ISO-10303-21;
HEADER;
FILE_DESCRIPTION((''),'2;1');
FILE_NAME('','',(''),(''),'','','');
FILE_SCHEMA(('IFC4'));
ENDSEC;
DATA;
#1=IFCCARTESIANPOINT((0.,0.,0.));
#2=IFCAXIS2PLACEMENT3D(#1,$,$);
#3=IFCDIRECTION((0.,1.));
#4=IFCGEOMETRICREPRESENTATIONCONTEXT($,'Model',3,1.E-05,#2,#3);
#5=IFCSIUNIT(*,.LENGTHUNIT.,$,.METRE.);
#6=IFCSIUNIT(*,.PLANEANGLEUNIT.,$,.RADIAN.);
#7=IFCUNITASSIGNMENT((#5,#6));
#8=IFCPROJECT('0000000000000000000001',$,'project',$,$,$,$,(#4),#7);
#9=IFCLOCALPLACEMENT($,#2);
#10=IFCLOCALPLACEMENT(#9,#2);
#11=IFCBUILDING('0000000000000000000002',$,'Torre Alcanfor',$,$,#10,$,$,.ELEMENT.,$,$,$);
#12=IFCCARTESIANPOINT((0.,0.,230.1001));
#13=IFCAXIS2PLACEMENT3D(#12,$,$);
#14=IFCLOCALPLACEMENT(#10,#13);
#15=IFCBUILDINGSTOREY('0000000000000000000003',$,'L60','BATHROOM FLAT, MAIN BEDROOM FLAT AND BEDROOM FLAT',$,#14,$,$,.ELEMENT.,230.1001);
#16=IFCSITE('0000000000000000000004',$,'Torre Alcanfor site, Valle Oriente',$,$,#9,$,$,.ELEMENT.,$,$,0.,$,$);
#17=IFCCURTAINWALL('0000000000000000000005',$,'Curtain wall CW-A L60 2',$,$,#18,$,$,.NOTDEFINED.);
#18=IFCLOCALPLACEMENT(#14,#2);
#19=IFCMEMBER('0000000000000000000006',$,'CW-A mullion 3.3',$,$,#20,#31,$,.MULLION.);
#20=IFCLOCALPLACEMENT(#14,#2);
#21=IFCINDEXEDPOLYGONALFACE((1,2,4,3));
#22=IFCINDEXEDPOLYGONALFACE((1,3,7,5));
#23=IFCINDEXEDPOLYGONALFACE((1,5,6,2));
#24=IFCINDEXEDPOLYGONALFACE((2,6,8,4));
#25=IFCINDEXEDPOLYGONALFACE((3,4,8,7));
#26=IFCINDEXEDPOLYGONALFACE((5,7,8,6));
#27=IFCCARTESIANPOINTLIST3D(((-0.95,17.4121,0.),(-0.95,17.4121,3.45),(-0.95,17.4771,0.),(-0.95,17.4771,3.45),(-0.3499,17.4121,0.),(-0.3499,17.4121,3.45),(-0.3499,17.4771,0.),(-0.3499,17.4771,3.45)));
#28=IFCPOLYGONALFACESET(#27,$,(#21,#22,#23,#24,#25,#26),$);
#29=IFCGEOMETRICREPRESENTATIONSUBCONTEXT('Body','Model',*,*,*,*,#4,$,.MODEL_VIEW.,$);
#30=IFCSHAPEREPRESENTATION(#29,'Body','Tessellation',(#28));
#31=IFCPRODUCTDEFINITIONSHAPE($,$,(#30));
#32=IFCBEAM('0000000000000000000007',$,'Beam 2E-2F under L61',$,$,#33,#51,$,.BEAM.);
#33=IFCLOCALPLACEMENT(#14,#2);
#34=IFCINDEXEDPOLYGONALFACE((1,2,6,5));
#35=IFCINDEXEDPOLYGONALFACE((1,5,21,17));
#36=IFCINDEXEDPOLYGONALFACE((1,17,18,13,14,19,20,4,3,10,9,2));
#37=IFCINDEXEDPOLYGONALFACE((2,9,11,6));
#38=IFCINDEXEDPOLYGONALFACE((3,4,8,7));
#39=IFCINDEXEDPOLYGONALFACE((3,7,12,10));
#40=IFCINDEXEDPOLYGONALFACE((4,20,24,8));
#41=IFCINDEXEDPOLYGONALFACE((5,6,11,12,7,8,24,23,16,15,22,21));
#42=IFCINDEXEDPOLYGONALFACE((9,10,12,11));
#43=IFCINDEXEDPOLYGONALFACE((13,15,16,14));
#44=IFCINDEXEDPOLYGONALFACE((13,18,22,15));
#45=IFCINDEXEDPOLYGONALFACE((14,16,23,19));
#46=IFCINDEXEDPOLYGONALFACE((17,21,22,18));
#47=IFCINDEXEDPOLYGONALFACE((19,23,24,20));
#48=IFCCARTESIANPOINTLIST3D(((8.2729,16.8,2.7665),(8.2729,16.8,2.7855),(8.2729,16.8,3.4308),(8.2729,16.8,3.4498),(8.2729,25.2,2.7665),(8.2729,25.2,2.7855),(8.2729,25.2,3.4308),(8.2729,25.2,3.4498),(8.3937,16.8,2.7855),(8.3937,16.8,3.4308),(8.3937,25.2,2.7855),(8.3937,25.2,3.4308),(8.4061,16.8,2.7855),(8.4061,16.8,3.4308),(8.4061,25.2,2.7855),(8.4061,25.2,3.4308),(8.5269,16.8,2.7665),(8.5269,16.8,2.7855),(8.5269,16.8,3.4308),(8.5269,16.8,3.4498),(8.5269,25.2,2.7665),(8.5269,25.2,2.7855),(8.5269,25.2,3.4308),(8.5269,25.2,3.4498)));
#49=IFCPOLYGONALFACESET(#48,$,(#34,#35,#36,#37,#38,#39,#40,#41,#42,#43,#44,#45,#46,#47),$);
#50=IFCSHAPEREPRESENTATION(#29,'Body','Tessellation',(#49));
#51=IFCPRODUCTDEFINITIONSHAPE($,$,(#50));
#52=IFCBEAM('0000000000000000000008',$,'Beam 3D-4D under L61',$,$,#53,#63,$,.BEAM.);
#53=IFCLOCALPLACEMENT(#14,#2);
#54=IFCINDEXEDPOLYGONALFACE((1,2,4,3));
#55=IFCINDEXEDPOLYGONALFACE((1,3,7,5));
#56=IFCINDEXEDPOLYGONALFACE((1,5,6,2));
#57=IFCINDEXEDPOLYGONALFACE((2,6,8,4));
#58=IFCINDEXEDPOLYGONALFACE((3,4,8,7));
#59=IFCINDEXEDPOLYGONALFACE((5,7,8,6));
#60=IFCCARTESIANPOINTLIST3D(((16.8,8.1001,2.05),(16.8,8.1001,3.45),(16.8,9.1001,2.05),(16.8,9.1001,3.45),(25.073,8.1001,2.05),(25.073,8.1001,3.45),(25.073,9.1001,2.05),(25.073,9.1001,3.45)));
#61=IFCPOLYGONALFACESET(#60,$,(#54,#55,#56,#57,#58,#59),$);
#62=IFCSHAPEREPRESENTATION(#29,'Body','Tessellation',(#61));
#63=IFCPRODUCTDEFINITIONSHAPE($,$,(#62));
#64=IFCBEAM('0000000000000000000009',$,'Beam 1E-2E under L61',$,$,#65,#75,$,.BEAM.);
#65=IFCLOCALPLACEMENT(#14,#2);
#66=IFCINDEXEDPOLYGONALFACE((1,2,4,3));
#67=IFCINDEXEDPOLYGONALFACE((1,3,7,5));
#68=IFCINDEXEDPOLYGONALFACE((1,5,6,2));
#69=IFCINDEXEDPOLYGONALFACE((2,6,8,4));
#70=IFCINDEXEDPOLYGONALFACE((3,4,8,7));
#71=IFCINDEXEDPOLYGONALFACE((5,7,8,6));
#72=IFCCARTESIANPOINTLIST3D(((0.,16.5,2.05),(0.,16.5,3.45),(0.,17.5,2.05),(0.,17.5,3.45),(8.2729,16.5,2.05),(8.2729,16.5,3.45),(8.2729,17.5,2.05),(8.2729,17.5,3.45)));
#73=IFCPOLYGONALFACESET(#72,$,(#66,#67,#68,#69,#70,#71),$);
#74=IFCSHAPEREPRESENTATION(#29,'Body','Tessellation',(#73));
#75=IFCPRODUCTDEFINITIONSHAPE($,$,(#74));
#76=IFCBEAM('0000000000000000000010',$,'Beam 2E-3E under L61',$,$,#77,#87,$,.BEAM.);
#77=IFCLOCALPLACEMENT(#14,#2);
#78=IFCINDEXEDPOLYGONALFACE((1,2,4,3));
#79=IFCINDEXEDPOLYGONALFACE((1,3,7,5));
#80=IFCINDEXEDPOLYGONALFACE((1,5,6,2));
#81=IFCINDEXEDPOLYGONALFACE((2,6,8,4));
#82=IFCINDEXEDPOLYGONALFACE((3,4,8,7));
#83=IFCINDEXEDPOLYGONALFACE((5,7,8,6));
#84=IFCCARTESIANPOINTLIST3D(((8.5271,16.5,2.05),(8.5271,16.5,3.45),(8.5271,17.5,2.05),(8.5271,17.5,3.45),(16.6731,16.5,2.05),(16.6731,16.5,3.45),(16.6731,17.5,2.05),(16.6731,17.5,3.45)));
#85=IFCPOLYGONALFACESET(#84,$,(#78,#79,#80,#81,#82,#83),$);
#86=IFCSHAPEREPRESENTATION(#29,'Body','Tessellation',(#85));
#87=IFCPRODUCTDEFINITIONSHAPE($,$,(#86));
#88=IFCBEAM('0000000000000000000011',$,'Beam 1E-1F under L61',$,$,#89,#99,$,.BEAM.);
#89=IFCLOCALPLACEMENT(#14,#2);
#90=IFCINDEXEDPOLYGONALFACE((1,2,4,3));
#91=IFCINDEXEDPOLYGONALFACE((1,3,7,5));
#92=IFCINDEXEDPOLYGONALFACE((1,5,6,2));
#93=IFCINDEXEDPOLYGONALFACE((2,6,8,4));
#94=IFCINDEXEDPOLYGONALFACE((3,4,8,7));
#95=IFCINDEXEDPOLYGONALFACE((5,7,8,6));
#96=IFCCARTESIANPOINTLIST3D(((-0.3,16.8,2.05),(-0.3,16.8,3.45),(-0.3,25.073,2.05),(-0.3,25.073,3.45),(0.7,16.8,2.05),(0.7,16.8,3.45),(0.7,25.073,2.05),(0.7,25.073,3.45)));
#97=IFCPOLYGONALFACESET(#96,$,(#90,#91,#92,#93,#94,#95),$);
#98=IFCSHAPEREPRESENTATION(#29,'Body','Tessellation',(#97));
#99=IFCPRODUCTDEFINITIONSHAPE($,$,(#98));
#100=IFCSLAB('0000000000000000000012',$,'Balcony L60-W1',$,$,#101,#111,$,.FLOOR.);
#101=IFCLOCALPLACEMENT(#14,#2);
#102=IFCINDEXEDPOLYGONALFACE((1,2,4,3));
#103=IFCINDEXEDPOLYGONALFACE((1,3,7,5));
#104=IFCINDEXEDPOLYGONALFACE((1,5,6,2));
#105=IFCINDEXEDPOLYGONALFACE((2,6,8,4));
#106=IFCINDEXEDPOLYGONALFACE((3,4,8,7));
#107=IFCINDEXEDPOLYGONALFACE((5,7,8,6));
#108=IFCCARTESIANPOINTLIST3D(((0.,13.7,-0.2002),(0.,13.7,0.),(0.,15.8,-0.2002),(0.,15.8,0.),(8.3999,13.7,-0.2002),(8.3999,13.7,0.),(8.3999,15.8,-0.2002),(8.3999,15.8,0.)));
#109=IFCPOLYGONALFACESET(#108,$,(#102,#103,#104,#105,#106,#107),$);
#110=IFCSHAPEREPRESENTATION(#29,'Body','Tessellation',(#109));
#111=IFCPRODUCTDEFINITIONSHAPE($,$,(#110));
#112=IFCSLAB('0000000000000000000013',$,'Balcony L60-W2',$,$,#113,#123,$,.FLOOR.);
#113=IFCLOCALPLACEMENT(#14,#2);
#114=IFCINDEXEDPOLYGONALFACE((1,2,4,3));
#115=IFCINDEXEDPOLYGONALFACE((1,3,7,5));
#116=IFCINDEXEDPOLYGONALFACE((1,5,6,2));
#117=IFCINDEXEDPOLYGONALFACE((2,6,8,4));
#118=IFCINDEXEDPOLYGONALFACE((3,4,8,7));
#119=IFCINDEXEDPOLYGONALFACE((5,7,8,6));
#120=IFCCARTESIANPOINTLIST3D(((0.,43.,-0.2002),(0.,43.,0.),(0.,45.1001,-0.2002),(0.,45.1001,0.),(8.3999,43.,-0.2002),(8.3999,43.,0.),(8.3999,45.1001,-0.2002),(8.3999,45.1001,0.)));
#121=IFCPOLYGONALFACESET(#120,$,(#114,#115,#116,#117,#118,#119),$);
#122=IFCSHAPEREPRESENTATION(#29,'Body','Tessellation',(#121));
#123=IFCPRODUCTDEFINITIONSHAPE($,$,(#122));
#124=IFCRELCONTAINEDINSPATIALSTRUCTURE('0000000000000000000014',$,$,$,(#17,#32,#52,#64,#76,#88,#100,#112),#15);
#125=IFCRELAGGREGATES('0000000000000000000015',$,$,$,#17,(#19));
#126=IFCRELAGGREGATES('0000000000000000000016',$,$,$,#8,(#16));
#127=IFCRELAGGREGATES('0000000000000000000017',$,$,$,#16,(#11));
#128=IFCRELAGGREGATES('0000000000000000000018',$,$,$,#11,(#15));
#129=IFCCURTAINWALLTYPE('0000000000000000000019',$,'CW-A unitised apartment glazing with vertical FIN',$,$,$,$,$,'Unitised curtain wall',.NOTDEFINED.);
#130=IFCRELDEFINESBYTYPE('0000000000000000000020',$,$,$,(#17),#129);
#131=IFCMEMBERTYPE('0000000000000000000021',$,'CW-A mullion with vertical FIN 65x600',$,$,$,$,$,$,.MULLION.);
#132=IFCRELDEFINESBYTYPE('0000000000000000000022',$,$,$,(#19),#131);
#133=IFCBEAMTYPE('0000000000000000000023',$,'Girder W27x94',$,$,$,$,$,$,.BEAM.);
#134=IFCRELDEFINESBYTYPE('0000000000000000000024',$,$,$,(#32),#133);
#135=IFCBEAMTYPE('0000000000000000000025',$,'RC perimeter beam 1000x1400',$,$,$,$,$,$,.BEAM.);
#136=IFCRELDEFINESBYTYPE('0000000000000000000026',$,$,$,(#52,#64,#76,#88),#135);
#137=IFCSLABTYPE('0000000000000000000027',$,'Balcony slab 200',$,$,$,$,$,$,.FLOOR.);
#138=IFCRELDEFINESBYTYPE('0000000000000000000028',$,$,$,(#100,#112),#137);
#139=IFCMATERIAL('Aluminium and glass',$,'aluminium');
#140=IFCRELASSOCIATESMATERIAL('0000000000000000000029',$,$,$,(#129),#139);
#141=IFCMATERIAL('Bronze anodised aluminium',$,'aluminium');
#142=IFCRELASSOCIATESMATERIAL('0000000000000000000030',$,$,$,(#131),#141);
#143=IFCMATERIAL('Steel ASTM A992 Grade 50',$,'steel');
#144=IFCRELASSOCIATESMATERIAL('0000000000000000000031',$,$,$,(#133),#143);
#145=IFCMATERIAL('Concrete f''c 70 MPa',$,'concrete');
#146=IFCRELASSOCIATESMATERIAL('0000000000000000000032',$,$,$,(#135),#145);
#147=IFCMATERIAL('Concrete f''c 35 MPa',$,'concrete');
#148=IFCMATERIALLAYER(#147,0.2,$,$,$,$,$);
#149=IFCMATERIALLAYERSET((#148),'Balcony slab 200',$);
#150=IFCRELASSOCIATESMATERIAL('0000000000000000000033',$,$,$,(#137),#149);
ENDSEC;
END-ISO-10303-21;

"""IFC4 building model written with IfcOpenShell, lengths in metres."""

from ifc_helpers import new_model, si_unit, direction, frame, origin, origin_2d, place, context, subcontext, project, spatial, polyline, rectangle, i_section, outline, extrude, material, layer, layer_set, material_profile, profile_set, type_object, element, aggregate, save


model = new_model("IFC4")

# Units and contexts
model_context = context("Model", 3, precision=1e-05, world=origin(), true_north=direction((0.0, 1.0)))
body_context = subcontext(model_context, "Body", "Model", "MODEL_VIEW")
ifc_project = project(units=[si_unit("LENGTHUNIT", "METRE"), si_unit("PLANEANGLEUNIT", "RADIAN")], contexts=[model_context])

# Site, building, storey
site_placement = place(None, origin())
site = spatial("IfcSite", under=ifc_project, at=site_placement, Name="Torre Alcanfor site, Valle Oriente", CompositionType="ELEMENT", RefElevation=0.0)
building_placement = place(site_placement, origin())
building = spatial("IfcBuilding", under=site, at=building_placement, Name="Torre Alcanfor", CompositionType="ELEMENT")
storey_placement = place(building_placement, frame((0.0, 0.0, 230.1001)))
storey = spatial("IfcBuildingStorey", under=building, at=storey_placement, Name="L60", Description="BATHROOM FLAT, MAIN BEDROOM FLAT AND BEDROOM FLAT", CompositionType="ELEMENT", Elevation=230.1001)

# Curtain wall, member
ifc_material_1 = material(Name="Aluminium and glass", Category="aluminium")
curtain_wall_type = type_object("IfcCurtainWallType", Name="CW-A unitised apartment glazing with vertical FIN", ElementType="Unitised curtain wall", PredefinedType="NOTDEFINED", material=ifc_material_1)
curtain_wall_placement = place(storey_placement, origin())
curtain_wall = element("IfcCurtainWall", 1, at=curtain_wall_placement, inside=storey, type_object=curtain_wall_type, Name="Curtain wall CW-A L60 2", PredefinedType="NOTDEFINED")
ifc_material_2 = material(Name="Bronze anodised aluminium", Category="aluminium")
ifc_material_profile_1 = material_profile(ifc_material_2, rectangle(XDim=0.6001, YDim=0.0649, at=origin_2d()), Name="CW-A mullion 65x600")
ifc_profile_set_1 = profile_set([ifc_material_profile_1], Name="Bronze anodised aluminium")
member_type = type_object("IfcMemberType", Name="CW-A mullion with vertical FIN 65x600", PredefinedType="MULLION", material=ifc_profile_set_1)
member_placement = place(storey_placement, frame((-0.6499, 17.4446, 0.0), z_axis=(0.0, 0.0, 1.0), x_axis=(1.0, 0.0, 0.0)))
member = element("IfcMember", 2, at=member_placement, type_object=member_type, Name="CW-A mullion 3.3", PredefinedType="MULLION", context=body_context, shape_type="SweptSolid", body=[
    extrude(rectangle(XDim=0.6001, YDim=0.0649, at=origin_2d()), origin(), (0.0, 0.0, 1.0), 3.45),
])
aggregate(curtain_wall, [member])

# Beams
ifc_material_3 = material(Name="Steel ASTM A992 Grade 50", Category="steel")
ifc_material_profile_2 = material_profile(ifc_material_3, i_section(OverallWidth=0.2539, OverallDepth=0.6833, WebThickness=0.0125, FlangeThickness=0.019, at=origin_2d()), Name="W27x94")
ifc_profile_set_2 = profile_set([ifc_material_profile_2], Name="Steel ASTM A992 Grade 50")
beam_type_1 = type_object("IfcBeamType", Name="Girder W27x94", PredefinedType="BEAM", material=ifc_profile_set_2)
beam_1_placement = place(storey_placement, frame((8.3999, 16.8, 3.1082), z_axis=(0.0, 1.0, 0.0), x_axis=(-1.0, 0.0, 0.0)))
element("IfcBeam", 3, at=beam_1_placement, inside=storey, type_object=beam_type_1, Name="Beam 2E-2F under L61", PredefinedType="BEAM", context=body_context, shape_type="SweptSolid", body=[
    extrude(i_section(OverallWidth=0.2539, OverallDepth=0.6833, WebThickness=0.0125, FlangeThickness=0.019, at=origin_2d()), origin(), (0.0, 0.0, 1.0), 8.3999),
])
ifc_material_4 = material(Name="Concrete f'c 70 MPa", Category="concrete")
ifc_material_profile_3 = material_profile(ifc_material_4, rectangle(XDim=1.0, YDim=1.3999, at=origin_2d()), Name="1000x1400")
ifc_profile_set_3 = profile_set([ifc_material_profile_3], Name="Concrete f'c 70 MPa")
beam_type_2 = type_object("IfcBeamType", Name="RC perimeter beam 1000x1400", PredefinedType="BEAM", material=ifc_profile_set_3)
for number, where, z_axis, x_axis, name in (
    (4, (16.8, 8.6001, 2.75), (1.0, 0.0, 0.0), (0.0, 1.0, 0.0), "Beam 3D-4D under L61"),
    (5, (0.0, 17.0, 2.75), (1.0, 0.0, 0.0), (0.0, 1.0, 0.0), "Beam 1E-2E under L61"),
):
    element("IfcBeam", number, at=place(storey_placement, frame(where, z_axis=z_axis, x_axis=x_axis)), inside=storey, type_object=beam_type_2, Name=name, PredefinedType="BEAM", context=body_context, shape_type="SweptSolid", body=[
        extrude(rectangle(XDim=1.0, YDim=1.3999, at=origin_2d()), origin(), (0.0, 0.0, 1.0), 8.2729),
    ])
beam_2_placement = place(storey_placement, frame((8.5271, 17.0, 2.75), z_axis=(1.0, 0.0, 0.0), x_axis=(0.0, 1.0, 0.0)))
element("IfcBeam", 6, at=beam_2_placement, inside=storey, type_object=beam_type_2, Name="Beam 2E-3E under L61", PredefinedType="BEAM", context=body_context, shape_type="SweptSolid", body=[
    extrude(rectangle(XDim=1.0, YDim=1.3999, at=origin_2d()), origin(), (0.0, 0.0, 1.0), 8.146),
])
beam_3_placement = place(storey_placement, frame((0.2, 16.8, 2.75), z_axis=(0.0, 1.0, 0.0), x_axis=(-1.0, 0.0, 0.0)))
element("IfcBeam", 7, at=beam_3_placement, inside=storey, type_object=beam_type_2, Name="Beam 1E-1F under L61", PredefinedType="BEAM", context=body_context, shape_type="SweptSolid", body=[
    extrude(rectangle(XDim=1.0, YDim=1.3999, at=origin_2d()), origin(), (0.0, 0.0, 1.0), 8.2729),
])

# Slabs
ifc_material_5 = material(Name="Concrete f'c 35 MPa", Category="concrete")
ifc_layer_1 = layer(ifc_material_5, 0.2)
ifc_layer_set_1 = layer_set([ifc_layer_1], Name="Balcony slab 200")
slab_type_1 = type_object("IfcSlabType", Name="Balcony slab 200", PredefinedType="FLOOR", material=ifc_layer_set_1)
slab_1_placement = place(storey_placement, frame((0.0, 0.0, -0.2002)))
element("IfcSlab", 8, at=slab_1_placement, inside=storey, type_object=slab_type_1, Name="Balcony L60-W1", PredefinedType="FLOOR", context=body_context, shape_type="SweptSolid", body=[
    extrude(outline(polyline([(8.3999, 15.8), (0.0, 15.8), (0.0, 13.7), (8.3999, 13.7), (8.3999, 15.8)])), origin(), (0.0, 0.0, 1.0), 0.2002),
])
slab_2_placement = place(storey_placement, frame((0.0, 0.0, -0.2002)))
element("IfcSlab", 9, at=slab_2_placement, inside=storey, type_object=slab_type_1, Name="Balcony L60-W2", PredefinedType="FLOOR", context=body_context, shape_type="SweptSolid", body=[
    extrude(outline(polyline([(8.3999, 45.1001), (0.0, 45.1001), (0.0, 43.0), (8.3999, 43.0), (8.3999, 45.1001)])), origin(), (0.0, 0.0, 1.0), 0.2002),
])

save(model, "model.ifc")
